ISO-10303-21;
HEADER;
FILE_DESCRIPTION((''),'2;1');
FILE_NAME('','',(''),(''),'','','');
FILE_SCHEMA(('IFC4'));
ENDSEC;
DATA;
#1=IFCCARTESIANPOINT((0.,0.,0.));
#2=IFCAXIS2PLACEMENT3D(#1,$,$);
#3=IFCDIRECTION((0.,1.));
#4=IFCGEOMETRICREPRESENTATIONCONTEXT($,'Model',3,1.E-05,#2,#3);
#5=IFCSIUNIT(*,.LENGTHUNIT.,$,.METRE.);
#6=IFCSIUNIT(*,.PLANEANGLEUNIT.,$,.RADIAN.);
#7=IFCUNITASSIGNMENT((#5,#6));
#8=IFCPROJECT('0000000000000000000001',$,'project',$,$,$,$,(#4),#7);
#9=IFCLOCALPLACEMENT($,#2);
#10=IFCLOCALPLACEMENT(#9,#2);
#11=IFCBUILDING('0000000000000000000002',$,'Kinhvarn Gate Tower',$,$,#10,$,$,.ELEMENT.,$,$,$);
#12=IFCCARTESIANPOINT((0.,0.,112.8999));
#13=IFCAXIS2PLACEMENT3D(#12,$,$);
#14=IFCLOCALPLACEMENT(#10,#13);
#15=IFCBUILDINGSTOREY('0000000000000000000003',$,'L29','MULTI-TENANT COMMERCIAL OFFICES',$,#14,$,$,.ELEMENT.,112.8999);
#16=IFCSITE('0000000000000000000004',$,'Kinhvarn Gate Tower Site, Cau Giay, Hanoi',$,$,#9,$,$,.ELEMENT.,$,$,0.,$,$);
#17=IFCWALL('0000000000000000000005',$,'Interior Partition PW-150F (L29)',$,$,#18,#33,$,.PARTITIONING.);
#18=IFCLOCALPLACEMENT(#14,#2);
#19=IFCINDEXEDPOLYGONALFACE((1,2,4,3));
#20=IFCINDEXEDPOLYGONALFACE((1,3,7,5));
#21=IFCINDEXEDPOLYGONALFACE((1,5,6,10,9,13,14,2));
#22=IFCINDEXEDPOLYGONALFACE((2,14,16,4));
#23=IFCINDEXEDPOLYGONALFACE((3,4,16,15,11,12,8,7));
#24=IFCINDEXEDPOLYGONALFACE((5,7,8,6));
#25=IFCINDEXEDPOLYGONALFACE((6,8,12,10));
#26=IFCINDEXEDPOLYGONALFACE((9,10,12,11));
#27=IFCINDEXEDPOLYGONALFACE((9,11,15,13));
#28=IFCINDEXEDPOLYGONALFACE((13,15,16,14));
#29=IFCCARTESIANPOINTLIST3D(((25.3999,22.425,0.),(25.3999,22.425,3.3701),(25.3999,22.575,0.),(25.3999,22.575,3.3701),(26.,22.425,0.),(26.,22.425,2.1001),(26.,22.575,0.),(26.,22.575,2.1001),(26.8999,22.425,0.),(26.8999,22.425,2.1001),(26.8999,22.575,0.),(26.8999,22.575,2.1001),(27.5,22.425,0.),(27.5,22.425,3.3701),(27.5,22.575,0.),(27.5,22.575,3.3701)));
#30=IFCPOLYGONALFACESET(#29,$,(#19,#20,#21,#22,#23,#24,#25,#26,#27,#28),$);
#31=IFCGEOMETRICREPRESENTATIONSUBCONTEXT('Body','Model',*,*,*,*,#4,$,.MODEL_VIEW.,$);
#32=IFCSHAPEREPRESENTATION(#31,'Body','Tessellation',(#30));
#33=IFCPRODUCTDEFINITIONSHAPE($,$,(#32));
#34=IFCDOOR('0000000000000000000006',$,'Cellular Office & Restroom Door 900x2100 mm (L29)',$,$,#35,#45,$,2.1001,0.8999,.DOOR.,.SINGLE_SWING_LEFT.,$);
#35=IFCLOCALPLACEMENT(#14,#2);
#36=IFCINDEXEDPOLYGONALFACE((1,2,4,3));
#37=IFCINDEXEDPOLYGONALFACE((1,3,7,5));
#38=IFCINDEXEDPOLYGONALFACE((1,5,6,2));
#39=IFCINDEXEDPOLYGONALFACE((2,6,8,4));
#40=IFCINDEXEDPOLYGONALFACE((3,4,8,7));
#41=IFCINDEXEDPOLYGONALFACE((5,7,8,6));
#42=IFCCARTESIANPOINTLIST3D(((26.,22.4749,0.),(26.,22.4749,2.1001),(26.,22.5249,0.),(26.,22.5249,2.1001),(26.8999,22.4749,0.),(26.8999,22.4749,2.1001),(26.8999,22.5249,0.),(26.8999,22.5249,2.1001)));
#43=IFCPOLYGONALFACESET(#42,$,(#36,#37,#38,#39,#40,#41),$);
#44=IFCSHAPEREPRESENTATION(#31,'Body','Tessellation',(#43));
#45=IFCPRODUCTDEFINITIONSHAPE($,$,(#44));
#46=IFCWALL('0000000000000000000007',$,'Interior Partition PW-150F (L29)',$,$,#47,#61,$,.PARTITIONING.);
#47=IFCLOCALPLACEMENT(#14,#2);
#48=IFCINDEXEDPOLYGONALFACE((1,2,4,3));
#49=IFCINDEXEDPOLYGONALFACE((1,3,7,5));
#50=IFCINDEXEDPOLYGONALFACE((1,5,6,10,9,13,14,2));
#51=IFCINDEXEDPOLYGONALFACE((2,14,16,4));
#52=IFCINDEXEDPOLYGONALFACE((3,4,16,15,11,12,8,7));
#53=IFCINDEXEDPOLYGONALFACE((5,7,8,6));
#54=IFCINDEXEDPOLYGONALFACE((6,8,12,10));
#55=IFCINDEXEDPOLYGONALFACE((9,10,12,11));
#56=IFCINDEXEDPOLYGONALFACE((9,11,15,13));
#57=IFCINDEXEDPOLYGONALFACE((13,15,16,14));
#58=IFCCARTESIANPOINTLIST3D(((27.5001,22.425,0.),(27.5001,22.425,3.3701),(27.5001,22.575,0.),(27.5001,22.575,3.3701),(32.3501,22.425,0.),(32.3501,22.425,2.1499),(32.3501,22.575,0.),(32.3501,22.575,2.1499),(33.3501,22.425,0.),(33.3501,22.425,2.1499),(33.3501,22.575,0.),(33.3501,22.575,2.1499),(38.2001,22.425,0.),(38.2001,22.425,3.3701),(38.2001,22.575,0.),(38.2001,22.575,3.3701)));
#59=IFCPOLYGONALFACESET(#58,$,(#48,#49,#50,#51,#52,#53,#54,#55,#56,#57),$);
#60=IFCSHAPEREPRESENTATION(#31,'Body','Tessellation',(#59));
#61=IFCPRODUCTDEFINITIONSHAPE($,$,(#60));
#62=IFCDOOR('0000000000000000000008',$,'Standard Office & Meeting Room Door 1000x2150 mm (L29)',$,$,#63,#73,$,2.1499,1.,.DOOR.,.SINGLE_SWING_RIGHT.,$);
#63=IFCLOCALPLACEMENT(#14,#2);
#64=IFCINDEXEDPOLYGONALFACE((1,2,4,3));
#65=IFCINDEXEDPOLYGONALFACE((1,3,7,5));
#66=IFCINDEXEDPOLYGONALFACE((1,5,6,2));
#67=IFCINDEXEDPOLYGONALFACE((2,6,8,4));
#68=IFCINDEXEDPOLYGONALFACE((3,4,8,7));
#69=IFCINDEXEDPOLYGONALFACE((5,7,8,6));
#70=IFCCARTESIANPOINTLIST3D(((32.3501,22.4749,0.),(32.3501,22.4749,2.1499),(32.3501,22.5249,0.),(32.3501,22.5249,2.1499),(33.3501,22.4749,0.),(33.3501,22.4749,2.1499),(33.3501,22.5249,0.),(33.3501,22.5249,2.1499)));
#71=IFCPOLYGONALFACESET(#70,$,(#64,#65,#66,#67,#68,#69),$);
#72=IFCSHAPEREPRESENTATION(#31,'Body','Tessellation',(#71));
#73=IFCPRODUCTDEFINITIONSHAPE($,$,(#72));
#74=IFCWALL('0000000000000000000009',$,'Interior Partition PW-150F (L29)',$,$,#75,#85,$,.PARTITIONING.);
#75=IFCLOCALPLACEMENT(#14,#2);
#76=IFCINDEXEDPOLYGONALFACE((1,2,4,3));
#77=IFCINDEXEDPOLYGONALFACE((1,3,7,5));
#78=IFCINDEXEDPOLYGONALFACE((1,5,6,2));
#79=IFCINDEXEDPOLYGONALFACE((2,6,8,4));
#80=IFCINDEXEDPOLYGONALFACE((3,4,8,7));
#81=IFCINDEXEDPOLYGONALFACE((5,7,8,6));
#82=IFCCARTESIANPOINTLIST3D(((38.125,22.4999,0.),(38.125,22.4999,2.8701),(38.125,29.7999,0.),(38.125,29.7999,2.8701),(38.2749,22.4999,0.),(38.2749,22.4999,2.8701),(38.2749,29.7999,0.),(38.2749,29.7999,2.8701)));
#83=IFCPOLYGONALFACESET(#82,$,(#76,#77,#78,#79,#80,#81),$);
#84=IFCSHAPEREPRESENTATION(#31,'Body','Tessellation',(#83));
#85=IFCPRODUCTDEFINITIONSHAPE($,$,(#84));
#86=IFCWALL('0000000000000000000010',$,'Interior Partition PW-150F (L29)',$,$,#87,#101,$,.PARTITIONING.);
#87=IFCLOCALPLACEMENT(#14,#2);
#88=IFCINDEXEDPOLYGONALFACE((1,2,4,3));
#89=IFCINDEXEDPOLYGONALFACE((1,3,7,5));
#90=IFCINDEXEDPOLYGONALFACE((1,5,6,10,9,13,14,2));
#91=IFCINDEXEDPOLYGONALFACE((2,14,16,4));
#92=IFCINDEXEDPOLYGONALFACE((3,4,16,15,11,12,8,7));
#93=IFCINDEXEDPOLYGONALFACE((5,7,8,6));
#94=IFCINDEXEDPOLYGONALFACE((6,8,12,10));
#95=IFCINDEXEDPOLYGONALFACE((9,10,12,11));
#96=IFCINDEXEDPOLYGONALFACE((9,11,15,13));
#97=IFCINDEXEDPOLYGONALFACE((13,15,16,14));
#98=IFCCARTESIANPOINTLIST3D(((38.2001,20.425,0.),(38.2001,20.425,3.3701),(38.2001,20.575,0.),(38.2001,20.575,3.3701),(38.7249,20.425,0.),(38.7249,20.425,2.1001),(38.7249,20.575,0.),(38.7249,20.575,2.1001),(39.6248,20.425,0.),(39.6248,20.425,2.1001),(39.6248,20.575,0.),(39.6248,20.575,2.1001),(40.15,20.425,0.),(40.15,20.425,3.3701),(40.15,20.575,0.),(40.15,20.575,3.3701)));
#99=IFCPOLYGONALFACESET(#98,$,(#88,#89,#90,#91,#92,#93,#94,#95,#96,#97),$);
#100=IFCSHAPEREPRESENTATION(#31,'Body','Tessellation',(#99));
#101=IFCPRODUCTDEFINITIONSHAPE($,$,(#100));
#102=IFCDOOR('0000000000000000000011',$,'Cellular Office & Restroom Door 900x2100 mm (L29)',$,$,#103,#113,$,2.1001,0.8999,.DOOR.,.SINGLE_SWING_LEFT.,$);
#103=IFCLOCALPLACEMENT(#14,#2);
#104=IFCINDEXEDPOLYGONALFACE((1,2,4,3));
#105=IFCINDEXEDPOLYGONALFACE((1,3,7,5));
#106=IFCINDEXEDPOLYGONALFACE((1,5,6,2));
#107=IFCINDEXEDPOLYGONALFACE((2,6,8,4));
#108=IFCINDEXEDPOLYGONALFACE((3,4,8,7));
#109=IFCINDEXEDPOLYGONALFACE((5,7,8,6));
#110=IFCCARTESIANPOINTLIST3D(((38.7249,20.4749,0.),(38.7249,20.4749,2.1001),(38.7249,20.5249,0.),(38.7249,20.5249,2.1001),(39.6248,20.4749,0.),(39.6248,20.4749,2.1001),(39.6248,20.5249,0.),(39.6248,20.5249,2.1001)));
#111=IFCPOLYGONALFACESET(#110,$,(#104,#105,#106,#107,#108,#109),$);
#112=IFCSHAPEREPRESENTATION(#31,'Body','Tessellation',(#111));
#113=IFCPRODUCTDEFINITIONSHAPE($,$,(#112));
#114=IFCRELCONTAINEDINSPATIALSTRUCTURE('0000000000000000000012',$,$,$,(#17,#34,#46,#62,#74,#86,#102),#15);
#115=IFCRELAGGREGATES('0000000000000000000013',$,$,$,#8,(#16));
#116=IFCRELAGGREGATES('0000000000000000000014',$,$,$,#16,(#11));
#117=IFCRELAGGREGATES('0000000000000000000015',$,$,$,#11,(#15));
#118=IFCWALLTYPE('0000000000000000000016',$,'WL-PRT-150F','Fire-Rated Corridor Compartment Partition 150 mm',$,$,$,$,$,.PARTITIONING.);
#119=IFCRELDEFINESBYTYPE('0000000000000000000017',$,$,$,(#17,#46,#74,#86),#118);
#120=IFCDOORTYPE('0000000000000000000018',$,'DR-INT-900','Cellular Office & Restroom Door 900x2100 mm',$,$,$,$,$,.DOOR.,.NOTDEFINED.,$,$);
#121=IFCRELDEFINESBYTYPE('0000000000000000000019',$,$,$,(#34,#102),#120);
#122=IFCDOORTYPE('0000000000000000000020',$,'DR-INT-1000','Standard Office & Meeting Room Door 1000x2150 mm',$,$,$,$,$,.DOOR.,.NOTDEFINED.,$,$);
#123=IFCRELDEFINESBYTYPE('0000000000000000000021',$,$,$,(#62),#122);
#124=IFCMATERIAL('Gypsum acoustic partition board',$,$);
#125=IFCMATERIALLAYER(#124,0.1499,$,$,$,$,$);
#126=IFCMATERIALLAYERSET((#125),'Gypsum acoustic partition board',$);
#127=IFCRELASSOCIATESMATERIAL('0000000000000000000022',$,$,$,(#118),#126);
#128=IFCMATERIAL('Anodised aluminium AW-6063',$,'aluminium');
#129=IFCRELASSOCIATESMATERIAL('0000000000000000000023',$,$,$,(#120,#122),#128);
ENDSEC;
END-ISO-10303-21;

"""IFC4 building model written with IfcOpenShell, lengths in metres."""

from ifc_helpers import new_model, si_unit, direction, frame, frame_2d, origin, place, context, subcontext, project, spatial, rectangle, extrude, material, layer, layer_set, type_object, element, fill, save


model = new_model("IFC4")

# Units and contexts
model_context = context("Model", 3, precision=1e-05, world=origin(), true_north=direction((0.0, 1.0)))
body_context = subcontext(model_context, "Body", "Model", "MODEL_VIEW")
ifc_project = project(units=[si_unit("LENGTHUNIT", "METRE"), si_unit("PLANEANGLEUNIT", "RADIAN")], contexts=[model_context])

# Site, building, storey
site_placement = place(None, origin())
site = spatial("IfcSite", under=ifc_project, at=site_placement, Name="Kinhvarn Gate Tower Site, Cau Giay, Hanoi", CompositionType="ELEMENT", RefElevation=0.0)
building_placement = place(site_placement, origin())
building = spatial("IfcBuilding", under=site, at=building_placement, Name="Kinhvarn Gate Tower", CompositionType="ELEMENT")
storey_placement = place(building_placement, frame((0.0, 0.0, 112.8999)))
storey = spatial("IfcBuildingStorey", under=building, at=storey_placement, Name="L29", Description="MULTI-TENANT COMMERCIAL OFFICES", CompositionType="ELEMENT", Elevation=112.8999)

# Shared definitions
ifc_material_1 = material(Name="Gypsum acoustic partition board")

# Walls, openings, doors
ifc_layer_1 = layer(ifc_material_1, 0.1499)
ifc_layer_set_1 = layer_set([ifc_layer_1], Name="Gypsum acoustic partition board")
wall_type_1 = type_object("IfcWallType", Name="WL-PRT-150F", Description="Fire-Rated Corridor Compartment Partition 150 mm", PredefinedType="PARTITIONING", material=ifc_layer_set_1)
wall_1_placement = place(storey_placement, frame((25.3999, 22.5, 0.0), z_axis=(0.0, 0.0, 1.0), x_axis=(1.0, 0.0, 0.0)))
wall_1 = element("IfcWall", 1, at=wall_1_placement, inside=storey, type_object=wall_type_1, Name="Interior Partition PW-150F (L29)", PredefinedType="PARTITIONING", context=body_context, shape_type="SweptSolid", body=[
    extrude(rectangle(XDim=2.1001, YDim=0.1499, at=frame_2d((1.05, 0.0))), origin(), (0.0, 0.0, 1.0), 3.3701),
])
opening_1_placement = place(wall_1_placement, frame((0.6001, 0.0, 0.0)))
opening_1 = element("IfcOpeningElement", 2, at=opening_1_placement, cuts=wall_1, PredefinedType="OPENING", context=body_context, shape_type="SweptSolid", body=[
    extrude(rectangle(XDim=0.8999, YDim=2.1001, at=frame_2d((0.45, 1.05))), frame((0.0, 0.085, 0.0), z_axis=(0.0, -1.0, 0.0), x_axis=(1.0, 0.0, 0.0)), (0.0, 0.0, 1.0), 0.1699),
])
ifc_material_2 = material(Name="Anodised aluminium AW-6063", Category="aluminium")
door_type_1 = type_object("IfcDoorType", Name="DR-INT-900", Description="Cellular Office & Restroom Door 900x2100 mm", OperationType="NOTDEFINED", PredefinedType="DOOR", material=ifc_material_2)
door_1_placement = place(opening_1_placement, origin())
door_1 = element("IfcDoor", 3, at=door_1_placement, inside=storey, type_object=door_type_1, Name="Cellular Office & Restroom Door 900x2100 mm (L29)", OperationType="SINGLE_SWING_LEFT", OverallHeight=2.1001, OverallWidth=0.8999, PredefinedType="DOOR", context=body_context, shape_type="SweptSolid", body=[
    extrude(rectangle(XDim=0.8999, YDim=2.1001, at=frame_2d((0.45, 1.05))), frame((0.0, 0.0249, 0.0), z_axis=(0.0, -1.0, 0.0), x_axis=(1.0, 0.0, 0.0)), (0.0, 0.0, 1.0), 0.05),
])
fill(opening_1, door_1)
wall_2_placement = place(storey_placement, frame((27.5, 22.5, 0.0), z_axis=(0.0, 0.0, 1.0), x_axis=(1.0, 0.0, 0.0)))
wall_2 = element("IfcWall", 4, at=wall_2_placement, inside=storey, type_object=wall_type_1, Name="Interior Partition PW-150F (L29)", PredefinedType="PARTITIONING", context=body_context, shape_type="SweptSolid", body=[
    extrude(rectangle(XDim=10.7, YDim=0.1499, at=frame_2d((5.3501, 0.0))), origin(), (0.0, 0.0, 1.0), 3.3701),
])
opening_2_placement = place(wall_2_placement, frame((4.8501, 0.0, 0.0)))
opening_2 = element("IfcOpeningElement", 5, at=opening_2_placement, cuts=wall_2, PredefinedType="OPENING", context=body_context, shape_type="SweptSolid", body=[
    extrude(rectangle(XDim=1.0, YDim=2.1499, at=frame_2d((0.5, 1.075))), frame((0.0, 0.085, 0.0), z_axis=(0.0, -1.0, 0.0), x_axis=(1.0, 0.0, 0.0)), (0.0, 0.0, 1.0), 0.1699),
])
door_type_2 = type_object("IfcDoorType", Name="DR-INT-1000", Description="Standard Office & Meeting Room Door 1000x2150 mm", OperationType="NOTDEFINED", PredefinedType="DOOR", material=ifc_material_2)
door_2_placement = place(opening_2_placement, origin())
door_2 = element("IfcDoor", 6, at=door_2_placement, inside=storey, type_object=door_type_2, Name="Standard Office & Meeting Room Door 1000x2150 mm (L29)", OperationType="SINGLE_SWING_RIGHT", OverallHeight=2.1499, OverallWidth=1.0, PredefinedType="DOOR", context=body_context, shape_type="SweptSolid", body=[
    extrude(rectangle(XDim=1.0, YDim=2.1499, at=frame_2d((0.5, 1.075))), frame((0.0, 0.0249, 0.0), z_axis=(0.0, -1.0, 0.0), x_axis=(1.0, 0.0, 0.0)), (0.0, 0.0, 1.0), 0.05),
])
fill(opening_2, door_2)

# Wall
wall_3_placement = place(storey_placement, frame((38.2, 22.5, 0.0), z_axis=(0.0, 0.0, 1.0), x_axis=(0.0, 1.0, 0.0)))
element("IfcWall", 7, at=wall_3_placement, inside=storey, type_object=wall_type_1, Name="Interior Partition PW-150F (L29)", PredefinedType="PARTITIONING", context=body_context, shape_type="SweptSolid", body=[
    extrude(rectangle(XDim=7.3, YDim=0.1499, at=frame_2d((3.6499, 0.0))), origin(), (0.0, 0.0, 1.0), 2.8701),
])

# Wall, opening, door
wall_4_placement = place(storey_placement, frame((38.2, 20.5, 0.0), z_axis=(0.0, 0.0, 1.0), x_axis=(1.0, 0.0, 0.0)))
wall_4 = element("IfcWall", 8, at=wall_4_placement, inside=storey, type_object=wall_type_1, Name="Interior Partition PW-150F (L29)", PredefinedType="PARTITIONING", context=body_context, shape_type="SweptSolid", body=[
    extrude(rectangle(XDim=1.95, YDim=0.1499, at=frame_2d((0.9751, 0.0))), origin(), (0.0, 0.0, 1.0), 3.3701),
])
opening_3_placement = place(wall_4_placement, frame((0.5249, 0.0, 0.0)))
opening_3 = element("IfcOpeningElement", 9, at=opening_3_placement, cuts=wall_4, PredefinedType="OPENING", context=body_context, shape_type="SweptSolid", body=[
    extrude(rectangle(XDim=0.8999, YDim=2.1001, at=frame_2d((0.45, 1.05))), frame((0.0, 0.085, 0.0), z_axis=(0.0, -1.0, 0.0), x_axis=(1.0, 0.0, 0.0)), (0.0, 0.0, 1.0), 0.1699),
])
door_3_placement = place(opening_3_placement, origin())
door_3 = element("IfcDoor", 10, at=door_3_placement, inside=storey, type_object=door_type_1, Name="Cellular Office & Restroom Door 900x2100 mm (L29)", OperationType="SINGLE_SWING_LEFT", OverallHeight=2.1001, OverallWidth=0.8999, PredefinedType="DOOR", context=body_context, shape_type="SweptSolid", body=[
    extrude(rectangle(XDim=0.8999, YDim=2.1001, at=frame_2d((0.45, 1.05))), frame((0.0, 0.0249, 0.0), z_axis=(0.0, -1.0, 0.0), x_axis=(1.0, 0.0, 0.0)), (0.0, 0.0, 1.0), 0.05),
])
fill(opening_3, door_3)

save(model, "model.ifc")
